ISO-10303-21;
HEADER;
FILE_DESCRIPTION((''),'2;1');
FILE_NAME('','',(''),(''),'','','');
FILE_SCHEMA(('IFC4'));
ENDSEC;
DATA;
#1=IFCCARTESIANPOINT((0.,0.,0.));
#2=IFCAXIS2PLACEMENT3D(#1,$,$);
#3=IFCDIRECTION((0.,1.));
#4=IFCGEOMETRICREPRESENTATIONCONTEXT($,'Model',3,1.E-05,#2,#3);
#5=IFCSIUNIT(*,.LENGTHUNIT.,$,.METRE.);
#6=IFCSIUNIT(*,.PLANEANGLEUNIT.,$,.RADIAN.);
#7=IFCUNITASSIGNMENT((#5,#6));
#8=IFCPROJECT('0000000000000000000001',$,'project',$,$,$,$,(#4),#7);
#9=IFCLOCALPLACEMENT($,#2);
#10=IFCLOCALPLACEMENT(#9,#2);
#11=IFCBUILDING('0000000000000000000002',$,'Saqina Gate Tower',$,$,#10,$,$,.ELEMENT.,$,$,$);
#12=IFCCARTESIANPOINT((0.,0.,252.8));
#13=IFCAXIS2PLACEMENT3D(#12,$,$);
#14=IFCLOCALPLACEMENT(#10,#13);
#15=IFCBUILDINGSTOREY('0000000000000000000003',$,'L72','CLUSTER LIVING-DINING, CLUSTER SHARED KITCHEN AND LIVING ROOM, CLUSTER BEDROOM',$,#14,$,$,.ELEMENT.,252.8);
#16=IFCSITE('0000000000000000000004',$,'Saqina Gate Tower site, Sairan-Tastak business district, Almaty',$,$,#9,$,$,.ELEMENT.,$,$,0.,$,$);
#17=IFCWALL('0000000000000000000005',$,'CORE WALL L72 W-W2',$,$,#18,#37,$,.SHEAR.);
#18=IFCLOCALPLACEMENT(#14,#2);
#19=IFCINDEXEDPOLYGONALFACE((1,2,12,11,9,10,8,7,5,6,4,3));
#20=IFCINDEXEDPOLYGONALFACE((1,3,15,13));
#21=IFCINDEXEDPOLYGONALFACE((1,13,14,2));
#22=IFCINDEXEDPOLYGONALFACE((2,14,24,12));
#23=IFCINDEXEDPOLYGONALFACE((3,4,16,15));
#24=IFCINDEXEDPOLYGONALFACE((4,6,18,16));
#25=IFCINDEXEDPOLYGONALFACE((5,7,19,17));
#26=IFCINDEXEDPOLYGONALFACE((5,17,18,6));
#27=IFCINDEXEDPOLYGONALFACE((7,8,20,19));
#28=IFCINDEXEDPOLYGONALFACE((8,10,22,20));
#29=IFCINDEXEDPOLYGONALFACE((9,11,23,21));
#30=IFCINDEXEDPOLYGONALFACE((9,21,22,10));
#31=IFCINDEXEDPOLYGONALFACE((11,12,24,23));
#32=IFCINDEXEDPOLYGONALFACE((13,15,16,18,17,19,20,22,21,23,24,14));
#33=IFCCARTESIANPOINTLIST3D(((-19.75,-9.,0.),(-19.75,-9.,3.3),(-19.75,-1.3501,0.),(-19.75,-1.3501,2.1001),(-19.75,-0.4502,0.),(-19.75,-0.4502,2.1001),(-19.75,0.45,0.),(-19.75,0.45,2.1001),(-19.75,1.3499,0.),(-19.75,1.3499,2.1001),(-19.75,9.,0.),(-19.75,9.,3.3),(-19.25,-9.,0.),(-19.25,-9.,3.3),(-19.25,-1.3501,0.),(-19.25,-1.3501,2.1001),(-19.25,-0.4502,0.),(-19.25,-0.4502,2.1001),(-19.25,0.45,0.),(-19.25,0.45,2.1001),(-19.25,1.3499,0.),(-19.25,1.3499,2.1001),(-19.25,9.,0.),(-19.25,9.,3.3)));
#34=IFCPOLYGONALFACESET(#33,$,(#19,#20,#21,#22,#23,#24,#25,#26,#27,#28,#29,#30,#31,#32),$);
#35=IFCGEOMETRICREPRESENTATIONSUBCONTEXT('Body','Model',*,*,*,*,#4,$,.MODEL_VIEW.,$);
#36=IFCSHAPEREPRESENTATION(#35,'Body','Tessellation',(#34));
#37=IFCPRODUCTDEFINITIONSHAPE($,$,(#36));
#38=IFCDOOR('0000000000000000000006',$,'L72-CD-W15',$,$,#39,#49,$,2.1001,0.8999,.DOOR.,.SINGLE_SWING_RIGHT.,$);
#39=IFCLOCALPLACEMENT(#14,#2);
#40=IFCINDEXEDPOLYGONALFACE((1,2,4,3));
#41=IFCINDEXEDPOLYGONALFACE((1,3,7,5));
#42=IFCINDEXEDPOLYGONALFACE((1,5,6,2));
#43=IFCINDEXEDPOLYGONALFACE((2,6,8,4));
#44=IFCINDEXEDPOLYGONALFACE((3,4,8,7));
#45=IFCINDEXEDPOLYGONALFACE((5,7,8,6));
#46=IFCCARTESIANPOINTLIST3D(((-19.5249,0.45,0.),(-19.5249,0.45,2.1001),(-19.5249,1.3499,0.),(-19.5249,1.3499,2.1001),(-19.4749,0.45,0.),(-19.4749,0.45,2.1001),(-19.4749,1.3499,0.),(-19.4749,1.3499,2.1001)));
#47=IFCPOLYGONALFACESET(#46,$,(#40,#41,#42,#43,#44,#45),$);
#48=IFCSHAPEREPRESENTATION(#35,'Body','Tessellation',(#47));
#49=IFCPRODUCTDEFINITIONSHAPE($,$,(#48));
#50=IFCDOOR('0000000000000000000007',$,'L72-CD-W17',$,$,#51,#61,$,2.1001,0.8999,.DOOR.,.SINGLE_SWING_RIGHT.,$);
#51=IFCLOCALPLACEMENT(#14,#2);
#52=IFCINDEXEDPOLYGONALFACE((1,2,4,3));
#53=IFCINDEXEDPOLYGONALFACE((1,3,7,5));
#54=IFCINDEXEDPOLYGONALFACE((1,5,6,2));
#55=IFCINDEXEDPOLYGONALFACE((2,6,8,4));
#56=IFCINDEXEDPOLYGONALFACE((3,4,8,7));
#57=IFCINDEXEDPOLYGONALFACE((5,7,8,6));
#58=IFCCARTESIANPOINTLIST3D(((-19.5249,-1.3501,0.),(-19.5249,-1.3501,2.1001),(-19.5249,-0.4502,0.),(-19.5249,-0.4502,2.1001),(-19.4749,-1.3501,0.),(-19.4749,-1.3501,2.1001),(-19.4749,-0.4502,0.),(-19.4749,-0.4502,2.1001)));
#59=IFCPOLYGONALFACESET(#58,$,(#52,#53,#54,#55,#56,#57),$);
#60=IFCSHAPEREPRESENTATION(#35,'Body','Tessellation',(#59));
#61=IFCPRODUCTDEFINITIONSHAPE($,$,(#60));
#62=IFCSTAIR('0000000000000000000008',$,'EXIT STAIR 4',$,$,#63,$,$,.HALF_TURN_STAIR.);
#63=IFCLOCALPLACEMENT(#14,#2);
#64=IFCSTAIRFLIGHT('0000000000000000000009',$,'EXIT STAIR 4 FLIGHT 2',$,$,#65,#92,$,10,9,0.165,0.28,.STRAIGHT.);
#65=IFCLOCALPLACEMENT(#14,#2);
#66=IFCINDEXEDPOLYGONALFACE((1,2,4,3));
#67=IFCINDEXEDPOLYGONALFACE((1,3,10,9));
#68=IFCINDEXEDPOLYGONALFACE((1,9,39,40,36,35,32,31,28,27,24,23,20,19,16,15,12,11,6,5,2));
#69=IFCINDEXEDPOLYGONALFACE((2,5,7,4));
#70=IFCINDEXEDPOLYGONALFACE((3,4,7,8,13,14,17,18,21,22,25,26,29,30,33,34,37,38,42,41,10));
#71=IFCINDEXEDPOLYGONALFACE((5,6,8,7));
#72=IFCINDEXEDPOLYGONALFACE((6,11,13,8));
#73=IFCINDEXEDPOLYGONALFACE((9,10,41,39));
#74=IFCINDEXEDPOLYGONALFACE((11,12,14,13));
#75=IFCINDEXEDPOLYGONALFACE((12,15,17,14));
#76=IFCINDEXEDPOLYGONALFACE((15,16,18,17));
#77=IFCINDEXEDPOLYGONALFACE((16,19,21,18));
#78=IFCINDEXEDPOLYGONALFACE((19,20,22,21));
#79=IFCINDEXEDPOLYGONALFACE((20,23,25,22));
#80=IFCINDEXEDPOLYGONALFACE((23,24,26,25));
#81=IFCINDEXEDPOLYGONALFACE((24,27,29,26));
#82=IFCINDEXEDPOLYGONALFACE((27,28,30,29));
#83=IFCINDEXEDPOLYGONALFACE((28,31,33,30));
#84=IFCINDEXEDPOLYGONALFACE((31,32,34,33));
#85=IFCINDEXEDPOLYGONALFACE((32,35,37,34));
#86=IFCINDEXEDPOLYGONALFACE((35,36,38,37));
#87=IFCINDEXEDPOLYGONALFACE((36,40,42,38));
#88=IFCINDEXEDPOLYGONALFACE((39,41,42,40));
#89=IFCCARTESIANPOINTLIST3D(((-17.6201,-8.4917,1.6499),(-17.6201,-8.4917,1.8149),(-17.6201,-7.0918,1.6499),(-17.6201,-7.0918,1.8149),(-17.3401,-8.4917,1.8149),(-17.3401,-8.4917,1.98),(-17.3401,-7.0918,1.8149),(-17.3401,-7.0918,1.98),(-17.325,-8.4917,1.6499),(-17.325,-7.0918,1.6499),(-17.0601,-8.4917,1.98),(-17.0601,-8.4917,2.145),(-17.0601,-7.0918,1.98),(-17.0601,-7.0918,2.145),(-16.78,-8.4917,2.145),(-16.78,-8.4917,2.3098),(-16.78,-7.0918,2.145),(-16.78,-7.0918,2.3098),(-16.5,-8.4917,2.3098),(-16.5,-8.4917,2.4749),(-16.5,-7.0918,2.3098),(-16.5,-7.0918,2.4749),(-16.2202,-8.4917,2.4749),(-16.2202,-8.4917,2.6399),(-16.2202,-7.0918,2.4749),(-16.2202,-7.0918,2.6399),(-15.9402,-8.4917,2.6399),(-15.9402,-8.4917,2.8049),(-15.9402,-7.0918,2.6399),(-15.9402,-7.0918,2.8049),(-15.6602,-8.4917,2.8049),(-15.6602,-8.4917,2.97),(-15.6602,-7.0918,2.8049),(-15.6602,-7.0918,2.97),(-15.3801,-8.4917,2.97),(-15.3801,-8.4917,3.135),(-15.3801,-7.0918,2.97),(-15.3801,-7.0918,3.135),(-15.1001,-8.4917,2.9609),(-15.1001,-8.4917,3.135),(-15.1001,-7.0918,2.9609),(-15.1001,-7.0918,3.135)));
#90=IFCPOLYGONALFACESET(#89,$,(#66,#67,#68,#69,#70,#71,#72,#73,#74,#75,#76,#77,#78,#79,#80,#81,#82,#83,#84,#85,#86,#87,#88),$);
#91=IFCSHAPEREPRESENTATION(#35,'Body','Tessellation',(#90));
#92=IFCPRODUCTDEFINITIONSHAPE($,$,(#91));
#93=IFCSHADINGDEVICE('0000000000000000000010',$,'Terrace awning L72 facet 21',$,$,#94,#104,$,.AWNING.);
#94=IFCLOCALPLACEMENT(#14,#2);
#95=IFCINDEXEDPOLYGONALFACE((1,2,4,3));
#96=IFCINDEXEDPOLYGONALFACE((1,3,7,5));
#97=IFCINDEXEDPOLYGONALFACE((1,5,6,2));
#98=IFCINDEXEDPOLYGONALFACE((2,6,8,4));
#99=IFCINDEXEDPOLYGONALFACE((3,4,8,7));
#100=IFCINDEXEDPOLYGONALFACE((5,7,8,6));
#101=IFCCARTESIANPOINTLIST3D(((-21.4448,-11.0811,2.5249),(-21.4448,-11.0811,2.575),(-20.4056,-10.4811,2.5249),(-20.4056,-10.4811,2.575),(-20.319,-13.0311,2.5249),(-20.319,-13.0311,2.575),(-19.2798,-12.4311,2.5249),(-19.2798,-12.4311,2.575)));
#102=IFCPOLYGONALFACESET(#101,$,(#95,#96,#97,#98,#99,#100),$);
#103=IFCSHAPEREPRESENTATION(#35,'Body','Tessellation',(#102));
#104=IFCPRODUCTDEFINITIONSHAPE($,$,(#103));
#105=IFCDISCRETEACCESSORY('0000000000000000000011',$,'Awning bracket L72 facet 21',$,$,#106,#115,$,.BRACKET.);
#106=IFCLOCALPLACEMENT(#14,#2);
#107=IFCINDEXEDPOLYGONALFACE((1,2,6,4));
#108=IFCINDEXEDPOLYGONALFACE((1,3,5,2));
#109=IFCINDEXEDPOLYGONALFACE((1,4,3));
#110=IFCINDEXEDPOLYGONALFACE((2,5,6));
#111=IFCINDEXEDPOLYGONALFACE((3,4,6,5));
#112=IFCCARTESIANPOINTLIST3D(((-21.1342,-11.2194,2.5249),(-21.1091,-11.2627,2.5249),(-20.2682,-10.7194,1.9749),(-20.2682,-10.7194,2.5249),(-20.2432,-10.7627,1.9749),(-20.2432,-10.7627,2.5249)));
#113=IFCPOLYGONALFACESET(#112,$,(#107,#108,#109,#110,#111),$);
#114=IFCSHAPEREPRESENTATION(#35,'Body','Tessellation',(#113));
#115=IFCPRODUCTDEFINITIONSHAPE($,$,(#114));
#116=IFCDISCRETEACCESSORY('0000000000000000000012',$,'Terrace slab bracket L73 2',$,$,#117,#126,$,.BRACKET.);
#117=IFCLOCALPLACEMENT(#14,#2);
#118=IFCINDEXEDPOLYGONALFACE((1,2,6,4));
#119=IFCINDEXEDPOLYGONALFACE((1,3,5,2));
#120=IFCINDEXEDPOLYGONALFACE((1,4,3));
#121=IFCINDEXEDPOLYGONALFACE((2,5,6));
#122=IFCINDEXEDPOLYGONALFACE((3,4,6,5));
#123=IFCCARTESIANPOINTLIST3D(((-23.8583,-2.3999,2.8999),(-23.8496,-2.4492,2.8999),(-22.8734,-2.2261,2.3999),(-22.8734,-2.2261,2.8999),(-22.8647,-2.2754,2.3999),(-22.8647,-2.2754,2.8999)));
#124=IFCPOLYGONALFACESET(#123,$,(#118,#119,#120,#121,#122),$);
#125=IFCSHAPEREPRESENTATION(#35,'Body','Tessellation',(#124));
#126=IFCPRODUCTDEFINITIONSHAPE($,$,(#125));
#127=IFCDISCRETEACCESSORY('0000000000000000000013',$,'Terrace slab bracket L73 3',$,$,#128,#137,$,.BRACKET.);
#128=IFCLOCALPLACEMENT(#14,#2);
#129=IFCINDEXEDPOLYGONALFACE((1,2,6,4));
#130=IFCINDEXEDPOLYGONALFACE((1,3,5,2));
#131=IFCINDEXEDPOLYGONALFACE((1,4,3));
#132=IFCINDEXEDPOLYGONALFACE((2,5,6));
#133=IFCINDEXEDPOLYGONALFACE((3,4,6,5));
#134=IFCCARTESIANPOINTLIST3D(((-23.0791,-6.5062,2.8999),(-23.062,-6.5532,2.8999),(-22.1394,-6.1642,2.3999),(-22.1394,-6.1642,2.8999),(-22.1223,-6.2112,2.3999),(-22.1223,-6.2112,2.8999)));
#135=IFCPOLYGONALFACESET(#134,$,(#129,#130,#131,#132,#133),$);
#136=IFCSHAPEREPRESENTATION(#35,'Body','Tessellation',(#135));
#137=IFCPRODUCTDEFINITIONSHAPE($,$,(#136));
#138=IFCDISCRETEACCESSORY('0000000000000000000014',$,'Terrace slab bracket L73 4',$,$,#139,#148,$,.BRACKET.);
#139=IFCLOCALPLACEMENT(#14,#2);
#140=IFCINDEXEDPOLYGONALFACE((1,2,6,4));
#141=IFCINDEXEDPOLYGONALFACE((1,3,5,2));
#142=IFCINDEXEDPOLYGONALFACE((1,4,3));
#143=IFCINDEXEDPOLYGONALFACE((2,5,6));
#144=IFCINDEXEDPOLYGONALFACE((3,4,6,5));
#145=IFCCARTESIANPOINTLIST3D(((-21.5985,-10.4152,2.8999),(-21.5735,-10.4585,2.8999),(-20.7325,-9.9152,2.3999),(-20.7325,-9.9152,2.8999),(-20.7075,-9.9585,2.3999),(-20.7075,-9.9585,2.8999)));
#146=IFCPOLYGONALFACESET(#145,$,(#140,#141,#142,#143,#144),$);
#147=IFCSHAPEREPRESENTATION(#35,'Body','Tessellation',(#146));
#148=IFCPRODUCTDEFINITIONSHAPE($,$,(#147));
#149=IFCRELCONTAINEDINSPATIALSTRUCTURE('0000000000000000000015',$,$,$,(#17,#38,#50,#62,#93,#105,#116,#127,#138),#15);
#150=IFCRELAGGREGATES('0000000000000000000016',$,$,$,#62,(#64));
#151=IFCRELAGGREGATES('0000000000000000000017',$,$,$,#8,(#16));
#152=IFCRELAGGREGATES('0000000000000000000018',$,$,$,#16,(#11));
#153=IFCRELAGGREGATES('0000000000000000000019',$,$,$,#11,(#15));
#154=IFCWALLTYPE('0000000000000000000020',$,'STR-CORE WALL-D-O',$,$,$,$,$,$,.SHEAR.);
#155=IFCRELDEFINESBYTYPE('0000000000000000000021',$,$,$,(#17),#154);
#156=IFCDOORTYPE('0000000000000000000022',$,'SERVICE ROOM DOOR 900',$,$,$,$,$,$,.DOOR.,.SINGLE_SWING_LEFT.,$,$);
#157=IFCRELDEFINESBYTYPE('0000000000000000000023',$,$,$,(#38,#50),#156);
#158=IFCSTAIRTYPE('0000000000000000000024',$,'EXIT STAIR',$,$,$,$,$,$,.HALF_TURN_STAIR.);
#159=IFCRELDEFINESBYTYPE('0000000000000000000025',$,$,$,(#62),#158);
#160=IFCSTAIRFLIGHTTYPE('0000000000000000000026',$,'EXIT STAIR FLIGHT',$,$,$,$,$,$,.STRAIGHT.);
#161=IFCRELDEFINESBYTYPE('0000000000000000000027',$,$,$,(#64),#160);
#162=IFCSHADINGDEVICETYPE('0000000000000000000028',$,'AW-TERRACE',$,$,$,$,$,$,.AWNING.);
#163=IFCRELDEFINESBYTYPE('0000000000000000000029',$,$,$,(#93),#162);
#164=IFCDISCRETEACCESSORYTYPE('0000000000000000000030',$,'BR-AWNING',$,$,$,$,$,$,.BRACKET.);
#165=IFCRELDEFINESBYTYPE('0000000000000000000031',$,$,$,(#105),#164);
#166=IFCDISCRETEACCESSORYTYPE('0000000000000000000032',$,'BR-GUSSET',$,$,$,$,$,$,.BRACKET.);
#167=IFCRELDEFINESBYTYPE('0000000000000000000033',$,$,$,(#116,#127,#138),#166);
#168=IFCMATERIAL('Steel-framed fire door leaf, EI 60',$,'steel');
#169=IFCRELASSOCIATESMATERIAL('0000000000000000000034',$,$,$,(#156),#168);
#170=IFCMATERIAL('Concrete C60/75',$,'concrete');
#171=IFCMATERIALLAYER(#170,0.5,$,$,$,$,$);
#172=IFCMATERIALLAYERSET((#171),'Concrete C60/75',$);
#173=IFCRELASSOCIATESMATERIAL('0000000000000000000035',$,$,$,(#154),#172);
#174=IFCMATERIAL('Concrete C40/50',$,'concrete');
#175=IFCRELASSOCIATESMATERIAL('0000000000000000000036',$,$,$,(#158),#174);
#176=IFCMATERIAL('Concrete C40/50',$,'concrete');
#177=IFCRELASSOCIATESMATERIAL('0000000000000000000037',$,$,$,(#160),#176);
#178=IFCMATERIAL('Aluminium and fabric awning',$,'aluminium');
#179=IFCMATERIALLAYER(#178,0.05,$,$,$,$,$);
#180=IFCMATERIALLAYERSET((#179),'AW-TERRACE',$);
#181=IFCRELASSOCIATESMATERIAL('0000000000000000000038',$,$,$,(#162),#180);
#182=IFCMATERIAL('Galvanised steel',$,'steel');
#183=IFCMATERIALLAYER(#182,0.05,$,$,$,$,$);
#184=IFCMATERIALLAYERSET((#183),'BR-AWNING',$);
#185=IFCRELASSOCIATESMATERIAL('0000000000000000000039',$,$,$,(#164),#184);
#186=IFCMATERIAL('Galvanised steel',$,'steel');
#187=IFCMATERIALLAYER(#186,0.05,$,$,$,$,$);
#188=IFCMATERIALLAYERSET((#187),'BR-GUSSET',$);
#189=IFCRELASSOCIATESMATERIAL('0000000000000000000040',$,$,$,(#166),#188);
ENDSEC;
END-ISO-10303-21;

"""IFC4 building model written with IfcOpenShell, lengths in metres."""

from ifc_helpers import new_model, si_unit, direction, frame, frame_2d, origin, origin_2d, place, context, subcontext, project, spatial, polyline, rectangle, outline, extrude, material, layer, layer_set, type_object, element, fill, aggregate, save


model = new_model("IFC4")

# Units and contexts
model_context = context("Model", 3, precision=1e-05, world=origin(), true_north=direction((0.0, 1.0)))
body_context = subcontext(model_context, "Body", "Model", "MODEL_VIEW")
ifc_project = project(units=[si_unit("LENGTHUNIT", "METRE"), si_unit("PLANEANGLEUNIT", "RADIAN")], contexts=[model_context])

# Site, building, storey
site_placement = place(None, origin())
site = spatial("IfcSite", under=ifc_project, at=site_placement, Name="Saqina Gate Tower site, Sairan-Tastak business district, Almaty", CompositionType="ELEMENT", RefElevation=0.0)
building_placement = place(site_placement, origin())
building = spatial("IfcBuilding", under=site, at=building_placement, Name="Saqina Gate Tower", CompositionType="ELEMENT")
storey_placement = place(building_placement, frame((0.0, 0.0, 252.8)))
storey = spatial("IfcBuildingStorey", under=building, at=storey_placement, Name="L72", Description="CLUSTER LIVING-DINING, CLUSTER SHARED KITCHEN AND LIVING ROOM, CLUSTER BEDROOM", CompositionType="ELEMENT", Elevation=252.8)

# Shared definitions
ifc_material_1 = material(Name="Steel-framed fire door leaf, EI 60", Category="steel")
door_type_1 = type_object("IfcDoorType", Name="SERVICE ROOM DOOR 900", OperationType="SINGLE_SWING_LEFT", PredefinedType="DOOR", material=ifc_material_1)

# Wall, openings, doors
ifc_material_2 = material(Name="Concrete C60/75", Category="concrete")
ifc_layer_1 = layer(ifc_material_2, 0.5)
ifc_layer_set_1 = layer_set([ifc_layer_1], Name="Concrete C60/75")
wall_type_1 = type_object("IfcWallType", Name="STR-CORE WALL-D-O", PredefinedType="SHEAR", material=ifc_layer_set_1)
wall_1_placement = place(storey_placement, frame((-19.5, -9.0, 0.0), z_axis=(0.0, 0.0, 1.0), x_axis=(0.0, 1.0, 0.0)))
wall_1 = element("IfcWall", 1, at=wall_1_placement, inside=storey, type_object=wall_type_1, Name="CORE WALL L72 W-W2", PredefinedType="SHEAR", context=body_context, shape_type="SweptSolid", body=[
    extrude(rectangle(XDim=18.0, YDim=0.5, at=frame_2d((9.0, 0.0))), origin(), (0.0, 0.0, 1.0), 3.3),
])
opening_1_placement = place(wall_1_placement, frame((9.45, 0.0, 0.0)))
opening_1 = element("IfcOpeningElement", 2, at=opening_1_placement, cuts=wall_1, PredefinedType="OPENING", context=body_context, shape_type="SweptSolid", body=[
    extrude(rectangle(XDim=0.8999, YDim=2.1001, at=frame_2d((0.45, 1.05))), frame((0.0, 0.262, 0.0), z_axis=(0.0, -1.0, 0.0), x_axis=(1.0, 0.0, 0.0)), (0.0, 0.0, 1.0), 0.5239),
])
opening_2_placement = place(wall_1_placement, frame((7.6499, 0.0, 0.0)))
opening_2 = element("IfcOpeningElement", 3, at=opening_2_placement, cuts=wall_1, PredefinedType="OPENING", context=body_context, shape_type="SweptSolid", body=[
    extrude(rectangle(XDim=0.8999, YDim=2.1001, at=frame_2d((0.45, 1.05))), frame((0.0, 0.262, 0.0), z_axis=(0.0, -1.0, 0.0), x_axis=(1.0, 0.0, 0.0)), (0.0, 0.0, 1.0), 0.5239),
])
door_1_placement = place(opening_1_placement, origin())
door_1 = element("IfcDoor", 4, at=door_1_placement, inside=storey, type_object=door_type_1, Name="L72-CD-W15", OperationType="SINGLE_SWING_RIGHT", OverallHeight=2.1001, OverallWidth=0.8999, PredefinedType="DOOR", context=body_context, shape_type="SweptSolid", body=[
    extrude(rectangle(XDim=0.8999, YDim=2.1001, at=frame_2d((0.45, 1.05))), frame((0.0, 0.0249, 0.0), z_axis=(0.0, -1.0, 0.0), x_axis=(1.0, 0.0, 0.0)), (0.0, 0.0, 1.0), 0.05),
])
fill(opening_1, door_1)
door_2_placement = place(opening_2_placement, origin())
door_2 = element("IfcDoor", 5, at=door_2_placement, inside=storey, type_object=door_type_1, Name="L72-CD-W17", OperationType="SINGLE_SWING_RIGHT", OverallHeight=2.1001, OverallWidth=0.8999, PredefinedType="DOOR", context=body_context, shape_type="SweptSolid", body=[
    extrude(rectangle(XDim=0.8999, YDim=2.1001, at=frame_2d((0.45, 1.05))), frame((0.0, 0.0249, 0.0), z_axis=(0.0, -1.0, 0.0), x_axis=(1.0, 0.0, 0.0)), (0.0, 0.0, 1.0), 0.05),
])
fill(opening_2, door_2)

# Stair, stair flight
ifc_material_3 = material(Name="Concrete C40/50", Category="concrete")
stair_type = type_object("IfcStairType", Name="EXIT STAIR", PredefinedType="HALF_TURN_STAIR", material=ifc_material_3)
stair_placement = place(storey_placement, origin())
stair = element("IfcStair", 6, at=stair_placement, inside=storey, type_object=stair_type, Name="EXIT STAIR 4", PredefinedType="HALF_TURN_STAIR")
ifc_material_4 = material(Name="Concrete C40/50", Category="concrete")
stair_flight_type = type_object("IfcStairFlightType", Name="EXIT STAIR FLIGHT", PredefinedType="STRAIGHT", material=ifc_material_4)
stair_flight_placement = place(storey_placement, frame((-17.6201, -7.7917, 1.6499), z_axis=(0.0, 0.0, 1.0), x_axis=(1.0, 0.0, 0.0)))
stair_flight = element("IfcStairFlight", 7, at=stair_flight_placement, type_object=stair_flight_type, Name="EXIT STAIR 4 FLIGHT 2", NumberOfRisers=10, NumberOfTreads=9, PredefinedType="STRAIGHT", RiserHeight=0.165, TreadLength=0.28, context=body_context, shape_type="SweptSolid", body=[
    extrude(outline(polyline([(0.0, 0.0), (0.0, 0.165), (0.28, 0.165), (0.28, 0.3301), (0.5601, 0.3301), (0.5601, 0.4951), (0.8401, 0.4951), (0.8401, 0.6599), (1.1201, 0.6599), (1.1201, 0.825), (1.3999, 0.825), (1.3999, 0.99), (1.6799, 0.99), (1.6799, 1.155), (1.96, 1.155), (1.96, 1.3201), (2.24, 1.3201), (2.24, 1.4851), (2.52, 1.4851), (2.52, 1.6499), (2.52, 1.311), (0.2952, 0.0), (0.0, 0.0)])), frame((0.0, 0.7, 0.0), z_axis=(0.0, -1.0, 0.0), x_axis=(1.0, 0.0, 0.0)), (0.0, 0.0, 1.0), 1.3999),
])
aggregate(stair, [stair_flight])

# Shading device
ifc_material_5 = material(Name="Aluminium and fabric awning", Category="aluminium")
ifc_layer_2 = layer(ifc_material_5, 0.05)
ifc_layer_set_2 = layer_set([ifc_layer_2], Name="AW-TERRACE")
shading_device_type = type_object("IfcShadingDeviceType", Name="AW-TERRACE", PredefinedType="AWNING", material=ifc_layer_set_2)
shading_device_placement = place(storey_placement, frame((-20.3623, -11.7561, 2.5249), z_axis=(0.0, 0.0, 1.0), x_axis=(0.5, -0.866025, 0.0)))
element("IfcShadingDevice", 8, at=shading_device_placement, inside=storey, type_object=shading_device_type, Name="Terrace awning L72 facet 21", PredefinedType="AWNING", context=body_context, shape_type="SweptSolid", body=[
    extrude(rectangle(XDim=2.2517, YDim=1.2, at=origin_2d()), origin(), (0.0, 0.0, 1.0), 0.05),
])

# Discrete accessories
ifc_material_6 = material(Name="Galvanised steel", Category="steel")
ifc_layer_3 = layer(ifc_material_6, 0.05)
ifc_layer_set_3 = layer_set([ifc_layer_3], Name="BR-AWNING")
discrete_accessory_type_1 = type_object("IfcDiscreteAccessoryType", Name="BR-AWNING", PredefinedType="BRACKET", material=ifc_layer_set_3)
discrete_accessory_1_placement = place(storey_placement, frame((-20.2432, -10.7627, 1.9749), z_axis=(0.500025, -0.866011, 0.0), x_axis=(0.0, 0.0, 1.0)))
element("IfcDiscreteAccessory", 9, at=discrete_accessory_1_placement, inside=storey, type_object=discrete_accessory_type_1, Name="Awning bracket L72 facet 21", PredefinedType="BRACKET", context=body_context, shape_type="SweptSolid", body=[
    extrude(outline(polyline([(0.0, 0.0), (0.55, 0.0), (0.55, 0.9999), (0.0, 0.0)])), origin(), (0.0, 0.0, -1.0), 0.05),
])
ifc_material_7 = material(Name="Galvanised steel", Category="steel")
ifc_layer_4 = layer(ifc_material_7, 0.05)
ifc_layer_set_4 = layer_set([ifc_layer_4], Name="BR-GUSSET")
discrete_accessory_type_2 = type_object("IfcDiscreteAccessoryType", Name="BR-GUSSET", PredefinedType="BRACKET", material=ifc_layer_set_4)
discrete_accessory_2_placement = place(storey_placement, frame((-22.8647, -2.2754, 2.3999), z_axis=(0.173813, -0.984779, 0.0), x_axis=(0.0, 0.0, 1.0)))
element("IfcDiscreteAccessory", 10, at=discrete_accessory_2_placement, inside=storey, type_object=discrete_accessory_type_2, Name="Terrace slab bracket L73 2", PredefinedType="BRACKET", context=body_context, shape_type="SweptSolid", body=[
    extrude(outline(polyline([(0.0, 0.0), (0.5, 0.0), (0.5, 1.0001), (0.0, 0.0)])), origin(), (0.0, 0.0, -1.0), 0.05),
])
discrete_accessory_3_placement = place(storey_placement, frame((-22.1223, -6.2112, 2.3999), z_axis=(0.342037, -0.939686, 0.0), x_axis=(0.0, 0.0, 1.0)))
element("IfcDiscreteAccessory", 11, at=discrete_accessory_3_placement, inside=storey, type_object=discrete_accessory_type_2, Name="Terrace slab bracket L73 3", PredefinedType="BRACKET", context=body_context, shape_type="SweptSolid", body=[
    extrude(outline(polyline([(0.0, 0.0), (0.5, 0.0), (0.5, 1.0), (0.0, 0.0)])), origin(), (0.0, 0.0, -1.0), 0.05),
])
discrete_accessory_4_placement = place(storey_placement, frame((-20.7075, -9.9585, 2.3999), z_axis=(0.500025, -0.866011, 0.0), x_axis=(0.0, 0.0, 1.0)))
element("IfcDiscreteAccessory", 12, at=discrete_accessory_4_placement, inside=storey, type_object=discrete_accessory_type_2, Name="Terrace slab bracket L73 4", PredefinedType="BRACKET", context=body_context, shape_type="SweptSolid", body=[
    extrude(outline(polyline([(0.0, 0.0), (0.5, 0.0), (0.5, 0.9999), (0.0, 0.0)])), origin(), (0.0, 0.0, -1.0), 0.05),
])

save(model, "model.ifc")
